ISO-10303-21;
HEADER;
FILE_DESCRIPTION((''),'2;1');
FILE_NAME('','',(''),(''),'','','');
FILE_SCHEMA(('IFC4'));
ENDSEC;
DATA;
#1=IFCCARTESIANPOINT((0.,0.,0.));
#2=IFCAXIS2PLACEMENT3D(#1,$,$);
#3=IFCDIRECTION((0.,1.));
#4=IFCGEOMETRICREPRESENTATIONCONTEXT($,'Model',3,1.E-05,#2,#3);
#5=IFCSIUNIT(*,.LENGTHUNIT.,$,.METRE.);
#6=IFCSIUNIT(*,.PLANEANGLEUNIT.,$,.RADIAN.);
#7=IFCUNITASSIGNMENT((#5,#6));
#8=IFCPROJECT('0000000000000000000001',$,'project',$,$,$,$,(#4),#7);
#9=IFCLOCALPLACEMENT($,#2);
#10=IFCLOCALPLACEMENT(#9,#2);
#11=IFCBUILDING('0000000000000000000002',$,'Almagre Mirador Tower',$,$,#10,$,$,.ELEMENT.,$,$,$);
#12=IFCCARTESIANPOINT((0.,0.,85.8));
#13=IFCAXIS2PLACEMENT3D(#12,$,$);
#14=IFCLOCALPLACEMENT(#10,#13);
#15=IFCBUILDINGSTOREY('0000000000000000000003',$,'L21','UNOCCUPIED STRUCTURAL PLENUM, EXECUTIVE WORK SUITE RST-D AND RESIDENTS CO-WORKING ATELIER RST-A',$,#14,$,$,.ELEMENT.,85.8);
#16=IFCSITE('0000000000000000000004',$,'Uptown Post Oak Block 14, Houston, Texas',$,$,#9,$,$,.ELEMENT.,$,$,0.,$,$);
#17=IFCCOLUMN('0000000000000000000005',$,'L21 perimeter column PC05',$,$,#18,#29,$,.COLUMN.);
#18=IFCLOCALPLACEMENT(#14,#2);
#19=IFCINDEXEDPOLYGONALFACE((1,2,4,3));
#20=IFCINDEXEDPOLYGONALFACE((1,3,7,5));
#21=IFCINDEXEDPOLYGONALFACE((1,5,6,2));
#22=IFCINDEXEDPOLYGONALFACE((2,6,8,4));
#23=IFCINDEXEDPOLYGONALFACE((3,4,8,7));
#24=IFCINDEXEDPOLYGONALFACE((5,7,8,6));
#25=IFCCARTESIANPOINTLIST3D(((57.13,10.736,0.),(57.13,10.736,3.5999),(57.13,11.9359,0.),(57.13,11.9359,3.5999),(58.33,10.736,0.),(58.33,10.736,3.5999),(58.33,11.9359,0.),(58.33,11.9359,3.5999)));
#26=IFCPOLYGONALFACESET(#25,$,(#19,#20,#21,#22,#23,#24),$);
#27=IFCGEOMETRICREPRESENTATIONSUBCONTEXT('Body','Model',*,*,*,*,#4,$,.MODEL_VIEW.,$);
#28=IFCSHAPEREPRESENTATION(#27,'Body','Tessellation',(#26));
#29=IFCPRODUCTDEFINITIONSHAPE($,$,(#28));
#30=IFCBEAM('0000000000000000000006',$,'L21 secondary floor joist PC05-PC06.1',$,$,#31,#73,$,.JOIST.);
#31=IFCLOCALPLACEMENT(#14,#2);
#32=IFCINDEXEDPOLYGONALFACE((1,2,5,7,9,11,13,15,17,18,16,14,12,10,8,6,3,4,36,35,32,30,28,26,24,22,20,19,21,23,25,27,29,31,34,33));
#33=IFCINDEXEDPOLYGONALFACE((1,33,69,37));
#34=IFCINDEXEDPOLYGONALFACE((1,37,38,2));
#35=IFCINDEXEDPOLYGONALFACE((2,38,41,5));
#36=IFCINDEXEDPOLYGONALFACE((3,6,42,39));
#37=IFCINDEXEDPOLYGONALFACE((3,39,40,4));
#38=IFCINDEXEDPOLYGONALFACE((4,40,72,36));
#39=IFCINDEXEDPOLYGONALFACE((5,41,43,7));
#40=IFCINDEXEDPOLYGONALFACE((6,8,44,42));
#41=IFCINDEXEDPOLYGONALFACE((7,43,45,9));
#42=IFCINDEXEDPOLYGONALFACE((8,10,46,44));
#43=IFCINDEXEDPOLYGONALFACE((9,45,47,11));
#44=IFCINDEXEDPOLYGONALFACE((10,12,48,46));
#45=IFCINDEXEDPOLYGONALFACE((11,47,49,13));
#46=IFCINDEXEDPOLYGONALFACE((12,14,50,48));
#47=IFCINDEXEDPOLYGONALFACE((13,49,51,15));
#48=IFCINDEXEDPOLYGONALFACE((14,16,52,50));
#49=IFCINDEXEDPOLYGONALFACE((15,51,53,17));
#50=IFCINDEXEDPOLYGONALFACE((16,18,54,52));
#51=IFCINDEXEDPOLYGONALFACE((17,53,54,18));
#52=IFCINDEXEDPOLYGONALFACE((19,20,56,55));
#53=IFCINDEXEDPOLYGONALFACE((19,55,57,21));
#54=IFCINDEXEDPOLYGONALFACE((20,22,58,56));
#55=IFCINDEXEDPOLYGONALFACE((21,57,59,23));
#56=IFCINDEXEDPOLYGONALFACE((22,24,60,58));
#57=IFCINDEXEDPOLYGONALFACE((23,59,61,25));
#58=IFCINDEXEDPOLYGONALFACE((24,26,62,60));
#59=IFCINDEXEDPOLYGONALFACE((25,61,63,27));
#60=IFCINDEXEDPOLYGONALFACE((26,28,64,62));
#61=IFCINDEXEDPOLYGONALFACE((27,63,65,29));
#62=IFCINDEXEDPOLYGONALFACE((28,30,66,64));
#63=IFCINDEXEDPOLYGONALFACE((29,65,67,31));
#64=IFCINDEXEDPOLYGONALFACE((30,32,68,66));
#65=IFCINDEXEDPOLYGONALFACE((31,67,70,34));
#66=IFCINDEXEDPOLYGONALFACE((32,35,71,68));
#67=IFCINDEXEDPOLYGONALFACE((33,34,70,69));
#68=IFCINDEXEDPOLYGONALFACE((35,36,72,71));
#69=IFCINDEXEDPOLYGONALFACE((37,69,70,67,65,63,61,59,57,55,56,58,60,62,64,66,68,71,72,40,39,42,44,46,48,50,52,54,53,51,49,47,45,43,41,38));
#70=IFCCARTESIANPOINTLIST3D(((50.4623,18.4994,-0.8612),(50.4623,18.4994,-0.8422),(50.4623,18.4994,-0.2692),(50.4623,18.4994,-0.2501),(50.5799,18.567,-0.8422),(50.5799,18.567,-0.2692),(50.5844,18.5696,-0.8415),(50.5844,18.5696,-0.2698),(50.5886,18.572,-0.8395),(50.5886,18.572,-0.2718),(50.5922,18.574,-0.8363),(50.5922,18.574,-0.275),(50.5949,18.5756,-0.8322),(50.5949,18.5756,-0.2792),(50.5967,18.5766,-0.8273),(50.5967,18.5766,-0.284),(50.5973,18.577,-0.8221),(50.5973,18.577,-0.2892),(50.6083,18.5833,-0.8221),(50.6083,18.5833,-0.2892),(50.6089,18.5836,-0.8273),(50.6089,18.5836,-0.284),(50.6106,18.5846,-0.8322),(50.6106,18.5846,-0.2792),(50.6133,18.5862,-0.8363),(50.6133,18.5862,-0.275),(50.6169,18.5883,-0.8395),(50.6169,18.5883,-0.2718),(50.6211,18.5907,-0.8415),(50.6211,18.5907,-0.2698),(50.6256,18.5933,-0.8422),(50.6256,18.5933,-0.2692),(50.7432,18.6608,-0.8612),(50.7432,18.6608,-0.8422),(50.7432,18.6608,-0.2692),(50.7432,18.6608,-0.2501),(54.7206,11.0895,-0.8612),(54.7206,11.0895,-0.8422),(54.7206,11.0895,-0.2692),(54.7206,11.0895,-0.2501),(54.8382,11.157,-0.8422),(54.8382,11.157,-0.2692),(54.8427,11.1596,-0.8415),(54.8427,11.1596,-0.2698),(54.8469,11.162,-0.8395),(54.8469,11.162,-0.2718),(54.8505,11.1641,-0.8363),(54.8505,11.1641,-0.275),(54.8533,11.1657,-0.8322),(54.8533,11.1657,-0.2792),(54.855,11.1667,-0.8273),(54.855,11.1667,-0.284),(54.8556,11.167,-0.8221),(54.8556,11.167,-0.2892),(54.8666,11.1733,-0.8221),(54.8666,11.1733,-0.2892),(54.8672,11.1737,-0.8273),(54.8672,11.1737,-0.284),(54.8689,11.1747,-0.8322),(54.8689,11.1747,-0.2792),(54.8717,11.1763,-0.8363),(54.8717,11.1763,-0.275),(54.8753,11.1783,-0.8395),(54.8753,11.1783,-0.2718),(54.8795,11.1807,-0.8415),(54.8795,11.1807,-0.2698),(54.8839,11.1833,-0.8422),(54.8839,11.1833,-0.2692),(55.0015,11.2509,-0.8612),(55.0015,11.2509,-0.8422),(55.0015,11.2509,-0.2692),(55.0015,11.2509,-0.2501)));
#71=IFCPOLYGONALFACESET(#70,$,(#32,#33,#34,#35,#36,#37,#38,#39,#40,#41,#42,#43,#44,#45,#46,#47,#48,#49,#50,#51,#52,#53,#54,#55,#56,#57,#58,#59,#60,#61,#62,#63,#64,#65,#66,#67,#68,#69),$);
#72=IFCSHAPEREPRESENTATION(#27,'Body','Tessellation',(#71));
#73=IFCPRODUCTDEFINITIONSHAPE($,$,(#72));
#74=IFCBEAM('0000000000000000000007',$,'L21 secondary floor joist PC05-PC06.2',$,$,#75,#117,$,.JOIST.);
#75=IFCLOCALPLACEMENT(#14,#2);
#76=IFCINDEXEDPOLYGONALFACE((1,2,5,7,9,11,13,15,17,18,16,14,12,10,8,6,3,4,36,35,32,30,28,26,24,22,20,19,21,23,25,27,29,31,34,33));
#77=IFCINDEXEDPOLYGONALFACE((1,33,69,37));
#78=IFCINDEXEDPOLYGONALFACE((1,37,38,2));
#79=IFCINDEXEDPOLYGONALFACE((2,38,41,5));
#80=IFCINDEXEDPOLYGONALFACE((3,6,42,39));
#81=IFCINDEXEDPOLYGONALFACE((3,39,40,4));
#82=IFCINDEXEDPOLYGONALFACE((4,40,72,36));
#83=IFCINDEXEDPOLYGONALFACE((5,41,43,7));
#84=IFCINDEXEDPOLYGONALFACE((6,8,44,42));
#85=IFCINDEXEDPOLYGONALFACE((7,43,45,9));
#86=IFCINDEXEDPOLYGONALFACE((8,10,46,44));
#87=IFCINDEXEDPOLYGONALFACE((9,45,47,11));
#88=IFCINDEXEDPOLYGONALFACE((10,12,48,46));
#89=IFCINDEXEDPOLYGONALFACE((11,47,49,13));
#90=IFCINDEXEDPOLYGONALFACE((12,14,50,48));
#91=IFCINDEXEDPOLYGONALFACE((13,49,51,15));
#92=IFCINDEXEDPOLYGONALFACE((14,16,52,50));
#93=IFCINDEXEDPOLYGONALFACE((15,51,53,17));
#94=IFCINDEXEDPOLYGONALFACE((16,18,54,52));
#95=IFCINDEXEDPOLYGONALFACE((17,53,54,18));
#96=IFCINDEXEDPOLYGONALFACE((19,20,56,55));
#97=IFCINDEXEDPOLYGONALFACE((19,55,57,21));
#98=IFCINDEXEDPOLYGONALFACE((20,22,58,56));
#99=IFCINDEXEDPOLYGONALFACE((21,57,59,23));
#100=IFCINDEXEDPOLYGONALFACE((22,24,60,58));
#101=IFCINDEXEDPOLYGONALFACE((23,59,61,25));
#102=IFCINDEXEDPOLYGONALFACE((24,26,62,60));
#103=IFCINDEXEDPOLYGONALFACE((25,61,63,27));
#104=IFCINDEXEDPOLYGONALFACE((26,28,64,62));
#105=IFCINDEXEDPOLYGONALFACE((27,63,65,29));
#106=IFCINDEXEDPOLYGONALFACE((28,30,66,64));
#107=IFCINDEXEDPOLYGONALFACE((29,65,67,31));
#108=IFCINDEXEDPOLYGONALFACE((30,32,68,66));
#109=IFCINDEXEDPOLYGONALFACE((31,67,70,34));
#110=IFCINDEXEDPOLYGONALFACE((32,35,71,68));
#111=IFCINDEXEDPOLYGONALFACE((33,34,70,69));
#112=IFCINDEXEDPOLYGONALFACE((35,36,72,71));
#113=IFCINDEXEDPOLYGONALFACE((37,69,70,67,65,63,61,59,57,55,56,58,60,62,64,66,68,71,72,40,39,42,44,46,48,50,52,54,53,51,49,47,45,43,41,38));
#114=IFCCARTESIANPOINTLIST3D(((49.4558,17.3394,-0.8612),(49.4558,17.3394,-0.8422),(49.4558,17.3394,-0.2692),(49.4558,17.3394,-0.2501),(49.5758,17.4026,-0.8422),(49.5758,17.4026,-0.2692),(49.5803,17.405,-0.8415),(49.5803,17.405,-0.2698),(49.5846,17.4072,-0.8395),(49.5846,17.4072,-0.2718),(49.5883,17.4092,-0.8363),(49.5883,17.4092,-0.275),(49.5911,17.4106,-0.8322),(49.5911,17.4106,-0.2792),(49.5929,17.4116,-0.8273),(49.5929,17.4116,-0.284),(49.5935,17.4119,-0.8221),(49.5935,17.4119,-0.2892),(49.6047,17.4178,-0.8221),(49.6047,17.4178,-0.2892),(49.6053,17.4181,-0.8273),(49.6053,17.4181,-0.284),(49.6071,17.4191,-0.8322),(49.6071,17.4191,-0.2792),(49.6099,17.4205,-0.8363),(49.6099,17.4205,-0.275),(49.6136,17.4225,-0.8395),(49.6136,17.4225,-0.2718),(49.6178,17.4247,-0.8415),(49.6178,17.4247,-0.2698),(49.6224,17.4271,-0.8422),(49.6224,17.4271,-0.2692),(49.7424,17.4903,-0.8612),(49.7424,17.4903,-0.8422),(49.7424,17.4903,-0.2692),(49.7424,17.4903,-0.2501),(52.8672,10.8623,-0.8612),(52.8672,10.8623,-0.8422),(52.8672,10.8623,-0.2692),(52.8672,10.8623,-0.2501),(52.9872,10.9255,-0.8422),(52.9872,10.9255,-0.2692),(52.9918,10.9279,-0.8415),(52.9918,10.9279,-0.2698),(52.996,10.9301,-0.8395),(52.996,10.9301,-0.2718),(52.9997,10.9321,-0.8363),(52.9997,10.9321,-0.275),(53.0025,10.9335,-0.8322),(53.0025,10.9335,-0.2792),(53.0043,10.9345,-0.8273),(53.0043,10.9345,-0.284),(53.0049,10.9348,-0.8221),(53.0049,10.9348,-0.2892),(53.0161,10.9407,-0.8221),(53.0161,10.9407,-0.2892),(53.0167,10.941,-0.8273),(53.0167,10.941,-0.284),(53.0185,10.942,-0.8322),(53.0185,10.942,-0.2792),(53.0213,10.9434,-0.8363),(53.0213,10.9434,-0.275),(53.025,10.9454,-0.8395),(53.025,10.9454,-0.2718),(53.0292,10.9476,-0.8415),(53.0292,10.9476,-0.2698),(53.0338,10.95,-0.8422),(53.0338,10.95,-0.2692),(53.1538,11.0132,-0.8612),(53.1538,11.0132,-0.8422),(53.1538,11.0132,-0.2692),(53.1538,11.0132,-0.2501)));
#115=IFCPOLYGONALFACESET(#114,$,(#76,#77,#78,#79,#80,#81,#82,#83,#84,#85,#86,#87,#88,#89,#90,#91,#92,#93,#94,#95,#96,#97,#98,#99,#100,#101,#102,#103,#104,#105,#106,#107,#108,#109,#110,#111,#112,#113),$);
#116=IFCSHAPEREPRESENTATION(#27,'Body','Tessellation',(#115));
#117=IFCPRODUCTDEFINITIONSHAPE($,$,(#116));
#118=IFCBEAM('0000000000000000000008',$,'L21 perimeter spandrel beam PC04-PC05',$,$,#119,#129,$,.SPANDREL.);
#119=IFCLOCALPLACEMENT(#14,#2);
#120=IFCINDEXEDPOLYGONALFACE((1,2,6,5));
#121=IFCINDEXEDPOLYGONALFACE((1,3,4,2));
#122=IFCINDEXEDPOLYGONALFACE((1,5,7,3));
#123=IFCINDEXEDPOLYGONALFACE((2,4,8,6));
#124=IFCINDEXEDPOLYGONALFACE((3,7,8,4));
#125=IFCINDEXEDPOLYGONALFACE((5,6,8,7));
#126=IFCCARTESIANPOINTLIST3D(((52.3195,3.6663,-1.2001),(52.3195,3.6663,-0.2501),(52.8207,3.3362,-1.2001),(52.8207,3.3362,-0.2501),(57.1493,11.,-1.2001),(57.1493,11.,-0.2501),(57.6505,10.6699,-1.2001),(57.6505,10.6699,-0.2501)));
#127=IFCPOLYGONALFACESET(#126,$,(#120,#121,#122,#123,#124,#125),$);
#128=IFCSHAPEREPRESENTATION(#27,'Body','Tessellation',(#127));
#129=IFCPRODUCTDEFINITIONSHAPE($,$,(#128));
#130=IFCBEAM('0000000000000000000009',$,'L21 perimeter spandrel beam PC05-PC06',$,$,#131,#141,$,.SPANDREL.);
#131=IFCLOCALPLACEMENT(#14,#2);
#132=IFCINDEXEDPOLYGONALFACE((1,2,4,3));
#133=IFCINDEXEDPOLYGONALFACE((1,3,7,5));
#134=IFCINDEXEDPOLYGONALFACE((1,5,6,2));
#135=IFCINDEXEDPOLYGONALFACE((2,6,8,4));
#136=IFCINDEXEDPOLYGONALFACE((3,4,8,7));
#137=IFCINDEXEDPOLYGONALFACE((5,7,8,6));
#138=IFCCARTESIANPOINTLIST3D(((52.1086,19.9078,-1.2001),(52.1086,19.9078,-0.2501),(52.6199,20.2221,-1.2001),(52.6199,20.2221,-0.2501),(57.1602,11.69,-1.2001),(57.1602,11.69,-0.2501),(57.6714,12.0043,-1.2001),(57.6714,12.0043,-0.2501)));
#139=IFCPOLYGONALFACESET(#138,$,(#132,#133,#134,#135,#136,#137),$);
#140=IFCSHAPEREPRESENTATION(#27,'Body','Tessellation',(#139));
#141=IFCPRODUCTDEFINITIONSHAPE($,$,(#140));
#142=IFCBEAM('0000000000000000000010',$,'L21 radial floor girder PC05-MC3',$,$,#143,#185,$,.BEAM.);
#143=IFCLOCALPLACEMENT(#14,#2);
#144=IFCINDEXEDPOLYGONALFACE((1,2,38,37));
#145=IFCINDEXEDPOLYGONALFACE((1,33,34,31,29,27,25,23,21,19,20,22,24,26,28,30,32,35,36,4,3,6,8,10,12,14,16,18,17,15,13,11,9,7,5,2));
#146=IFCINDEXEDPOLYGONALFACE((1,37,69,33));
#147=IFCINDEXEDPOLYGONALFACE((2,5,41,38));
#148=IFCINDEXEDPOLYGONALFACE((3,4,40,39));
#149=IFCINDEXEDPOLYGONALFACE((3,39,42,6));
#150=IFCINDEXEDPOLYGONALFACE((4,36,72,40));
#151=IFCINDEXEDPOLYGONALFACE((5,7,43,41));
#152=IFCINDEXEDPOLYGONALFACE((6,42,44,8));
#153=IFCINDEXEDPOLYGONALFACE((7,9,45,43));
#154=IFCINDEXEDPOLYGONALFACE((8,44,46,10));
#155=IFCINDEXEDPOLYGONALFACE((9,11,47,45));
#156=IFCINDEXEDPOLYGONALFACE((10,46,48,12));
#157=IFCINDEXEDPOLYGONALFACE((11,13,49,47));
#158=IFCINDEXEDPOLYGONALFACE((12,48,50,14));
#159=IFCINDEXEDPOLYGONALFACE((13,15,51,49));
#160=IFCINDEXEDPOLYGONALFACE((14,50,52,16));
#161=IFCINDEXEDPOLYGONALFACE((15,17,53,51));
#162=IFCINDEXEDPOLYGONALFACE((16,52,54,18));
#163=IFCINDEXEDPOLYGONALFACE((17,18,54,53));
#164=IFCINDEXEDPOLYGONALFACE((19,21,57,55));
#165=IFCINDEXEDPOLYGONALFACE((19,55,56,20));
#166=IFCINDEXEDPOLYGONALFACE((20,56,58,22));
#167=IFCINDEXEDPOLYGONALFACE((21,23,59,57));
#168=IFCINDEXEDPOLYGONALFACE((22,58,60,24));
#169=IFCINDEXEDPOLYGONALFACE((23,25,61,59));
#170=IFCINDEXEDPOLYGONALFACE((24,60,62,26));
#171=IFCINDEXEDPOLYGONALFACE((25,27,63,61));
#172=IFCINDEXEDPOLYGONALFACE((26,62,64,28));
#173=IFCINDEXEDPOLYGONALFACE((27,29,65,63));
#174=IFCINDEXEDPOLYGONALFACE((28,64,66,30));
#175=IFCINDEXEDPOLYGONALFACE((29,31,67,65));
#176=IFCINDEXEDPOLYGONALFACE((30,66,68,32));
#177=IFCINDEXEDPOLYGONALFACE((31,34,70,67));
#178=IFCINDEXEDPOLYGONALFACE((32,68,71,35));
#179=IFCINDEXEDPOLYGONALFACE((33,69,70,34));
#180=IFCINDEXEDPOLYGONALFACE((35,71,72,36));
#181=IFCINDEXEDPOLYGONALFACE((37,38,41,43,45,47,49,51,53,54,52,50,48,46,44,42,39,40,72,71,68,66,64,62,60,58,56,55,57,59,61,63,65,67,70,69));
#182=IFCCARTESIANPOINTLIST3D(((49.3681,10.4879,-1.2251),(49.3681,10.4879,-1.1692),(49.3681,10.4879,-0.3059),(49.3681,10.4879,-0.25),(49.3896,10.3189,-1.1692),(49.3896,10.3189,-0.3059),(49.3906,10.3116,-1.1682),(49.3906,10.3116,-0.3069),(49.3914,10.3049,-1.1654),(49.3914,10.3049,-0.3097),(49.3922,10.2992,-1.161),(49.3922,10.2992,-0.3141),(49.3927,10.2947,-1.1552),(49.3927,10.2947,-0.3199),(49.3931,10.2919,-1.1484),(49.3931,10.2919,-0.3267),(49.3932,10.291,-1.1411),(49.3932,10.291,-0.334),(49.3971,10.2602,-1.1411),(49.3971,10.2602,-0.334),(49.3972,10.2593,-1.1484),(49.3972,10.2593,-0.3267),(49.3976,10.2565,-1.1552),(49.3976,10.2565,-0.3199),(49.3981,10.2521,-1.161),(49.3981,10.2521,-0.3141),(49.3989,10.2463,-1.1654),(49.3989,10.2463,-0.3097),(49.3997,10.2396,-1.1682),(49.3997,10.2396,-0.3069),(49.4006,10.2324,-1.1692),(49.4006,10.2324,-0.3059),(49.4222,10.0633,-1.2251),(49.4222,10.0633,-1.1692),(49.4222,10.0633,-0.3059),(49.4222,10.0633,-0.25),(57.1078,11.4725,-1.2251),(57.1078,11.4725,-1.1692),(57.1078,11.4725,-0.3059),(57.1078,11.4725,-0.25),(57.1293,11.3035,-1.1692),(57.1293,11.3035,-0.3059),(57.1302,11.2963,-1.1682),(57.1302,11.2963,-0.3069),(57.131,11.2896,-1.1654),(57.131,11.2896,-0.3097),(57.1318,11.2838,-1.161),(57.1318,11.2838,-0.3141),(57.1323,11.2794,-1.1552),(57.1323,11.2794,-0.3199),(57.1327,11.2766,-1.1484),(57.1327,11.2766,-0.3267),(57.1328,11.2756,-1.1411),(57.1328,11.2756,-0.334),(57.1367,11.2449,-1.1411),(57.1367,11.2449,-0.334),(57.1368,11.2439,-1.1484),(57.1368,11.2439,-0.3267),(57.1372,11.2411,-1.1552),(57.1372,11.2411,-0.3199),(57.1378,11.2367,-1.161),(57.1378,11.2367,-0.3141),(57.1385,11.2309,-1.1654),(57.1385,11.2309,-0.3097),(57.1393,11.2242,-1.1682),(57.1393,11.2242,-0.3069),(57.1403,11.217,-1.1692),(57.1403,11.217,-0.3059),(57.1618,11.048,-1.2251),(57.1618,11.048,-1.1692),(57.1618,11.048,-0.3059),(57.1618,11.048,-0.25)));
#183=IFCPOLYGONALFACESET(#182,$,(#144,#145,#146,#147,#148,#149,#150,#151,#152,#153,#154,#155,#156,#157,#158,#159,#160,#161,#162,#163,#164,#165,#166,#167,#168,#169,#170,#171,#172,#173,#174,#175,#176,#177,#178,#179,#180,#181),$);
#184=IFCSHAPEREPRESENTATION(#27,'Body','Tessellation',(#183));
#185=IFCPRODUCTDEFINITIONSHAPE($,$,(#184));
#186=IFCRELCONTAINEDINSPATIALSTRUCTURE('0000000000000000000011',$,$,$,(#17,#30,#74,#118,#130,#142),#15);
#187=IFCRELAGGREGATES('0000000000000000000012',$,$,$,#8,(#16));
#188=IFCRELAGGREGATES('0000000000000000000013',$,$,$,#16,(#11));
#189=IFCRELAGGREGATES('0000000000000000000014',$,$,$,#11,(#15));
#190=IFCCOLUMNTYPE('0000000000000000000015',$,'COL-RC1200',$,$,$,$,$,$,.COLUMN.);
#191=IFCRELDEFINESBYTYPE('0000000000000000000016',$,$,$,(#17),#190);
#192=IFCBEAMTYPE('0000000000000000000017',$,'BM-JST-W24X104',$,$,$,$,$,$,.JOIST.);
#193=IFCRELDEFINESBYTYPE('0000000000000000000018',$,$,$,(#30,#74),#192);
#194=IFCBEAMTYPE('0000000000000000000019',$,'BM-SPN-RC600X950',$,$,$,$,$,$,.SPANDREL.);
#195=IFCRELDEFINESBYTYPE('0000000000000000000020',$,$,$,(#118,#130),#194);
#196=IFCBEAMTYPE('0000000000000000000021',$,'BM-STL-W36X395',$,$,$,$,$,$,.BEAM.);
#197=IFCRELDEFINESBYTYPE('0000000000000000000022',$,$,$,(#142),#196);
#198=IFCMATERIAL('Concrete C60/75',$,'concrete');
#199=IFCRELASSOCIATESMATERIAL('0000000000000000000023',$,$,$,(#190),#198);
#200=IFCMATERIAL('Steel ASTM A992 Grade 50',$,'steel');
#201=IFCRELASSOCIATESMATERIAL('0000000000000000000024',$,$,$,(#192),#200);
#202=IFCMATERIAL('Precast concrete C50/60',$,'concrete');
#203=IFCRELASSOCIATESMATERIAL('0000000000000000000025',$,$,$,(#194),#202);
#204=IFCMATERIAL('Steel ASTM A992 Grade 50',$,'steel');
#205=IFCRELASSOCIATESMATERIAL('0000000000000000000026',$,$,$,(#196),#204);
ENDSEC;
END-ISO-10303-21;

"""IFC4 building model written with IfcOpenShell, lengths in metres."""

from ifc_helpers import new_model, si_unit, direction, frame, origin, origin_2d, place, context, subcontext, project, spatial, rectangle, i_section, extrude, material, material_profile, profile_set, type_object, element, save


model = new_model("IFC4")

# Units and contexts
model_context = context("Model", 3, precision=1e-05, world=origin(), true_north=direction((0.0, 1.0)))
body_context = subcontext(model_context, "Body", "Model", "MODEL_VIEW")
ifc_project = project(units=[si_unit("LENGTHUNIT", "METRE"), si_unit("PLANEANGLEUNIT", "RADIAN")], contexts=[model_context])

# Site, building, storey
site_placement = place(None, origin())
site = spatial("IfcSite", under=ifc_project, at=site_placement, Name="Uptown Post Oak Block 14, Houston, Texas", CompositionType="ELEMENT", RefElevation=0.0)
building_placement = place(site_placement, origin())
building = spatial("IfcBuilding", under=site, at=building_placement, Name="Almagre Mirador Tower", CompositionType="ELEMENT")
storey_placement = place(building_placement, frame((0.0, 0.0, 85.8)))
storey = spatial("IfcBuildingStorey", under=building, at=storey_placement, Name="L21", Description="UNOCCUPIED STRUCTURAL PLENUM, EXECUTIVE WORK SUITE RST-D AND RESIDENTS CO-WORKING ATELIER RST-A", CompositionType="ELEMENT", Elevation=85.8)

# Column
ifc_material_1 = material(Name="Concrete C60/75", Category="concrete")
ifc_material_profile_1 = material_profile(ifc_material_1, rectangle(XDim=1.2, YDim=1.2, at=origin_2d()), Name="RC1200X1200")
ifc_profile_set_1 = profile_set([ifc_material_profile_1], Name="Concrete C60/75")
column_type = type_object("IfcColumnType", Name="COL-RC1200", PredefinedType="COLUMN", material=ifc_profile_set_1)
column_placement = place(storey_placement, frame((57.73, 11.3359, 0.0), z_axis=(0.0, 0.0, 1.0), x_axis=(1.0, 0.0, 0.0)))
element("IfcColumn", 1, at=column_placement, inside=storey, type_object=column_type, Name="L21 perimeter column PC05", PredefinedType="COLUMN", context=body_context, shape_type="SweptSolid", body=[
    extrude(rectangle(XDim=1.2, YDim=1.2, at=origin_2d()), origin(), (0.0, 0.0, 1.0), 3.5999),
])

# Beams
ifc_material_2 = material(Name="Steel ASTM A992 Grade 50", Category="steel")
ifc_material_profile_2 = material_profile(ifc_material_2, i_section(OverallWidth=0.324, OverallDepth=0.6111, WebThickness=0.0127, FlangeThickness=0.019, FilletRadius=0.02, at=origin_2d()), Name="W24X104")
ifc_profile_set_2 = profile_set([ifc_material_profile_2], Name="Steel ASTM A992 Grade 50")
beam_type_1 = type_object("IfcBeamType", Name="BM-JST-W24X104", PredefinedType="JOIST", material=ifc_profile_set_2)
beam_1_placement = place(storey_placement, frame((54.8611, 11.1702, -0.5557), z_axis=(-0.49826, 0.867028, 0.0), x_axis=(-0.867028, -0.49826, 0.0)))
element("IfcBeam", 2, at=beam_1_placement, inside=storey, type_object=beam_type_1, Name="L21 secondary floor joist PC05-PC06.1", PredefinedType="JOIST", context=body_context, shape_type="SweptSolid", body=[
    extrude(i_section(OverallWidth=0.324, OverallDepth=0.6111, WebThickness=0.0127, FlangeThickness=0.019, FilletRadius=0.02, at=origin_2d()), origin(), (0.0, 0.0, 1.0), 8.5464),
])
beam_2_placement = place(storey_placement, frame((53.0105, 10.9377, -0.5557), z_axis=(-0.466003, 0.884783, 0.0), x_axis=(-0.884783, -0.466003, 0.0)))
element("IfcBeam", 3, at=beam_2_placement, inside=storey, type_object=beam_type_1, Name="L21 secondary floor joist PC05-PC06.2", PredefinedType="JOIST", context=body_context, shape_type="SweptSolid", body=[
    extrude(i_section(OverallWidth=0.324, OverallDepth=0.6111, WebThickness=0.0127, FlangeThickness=0.019, FilletRadius=0.02, at=origin_2d()), origin(), (0.0, 0.0, 1.0), 7.3206),
])
ifc_material_3 = material(Name="Precast concrete C50/60", Category="concrete")
ifc_material_profile_3 = material_profile(ifc_material_3, rectangle(XDim=0.6001, YDim=0.95, at=origin_2d()), Name="RC600X950")
ifc_profile_set_3 = profile_set([ifc_material_profile_3], Name="Precast concrete C50/60")
beam_type_2 = type_object("IfcBeamType", Name="BM-SPN-RC600X950", PredefinedType="SPANDREL", material=ifc_profile_set_3)
beam_3_placement = place(storey_placement, frame((52.5701, 3.5012, -0.7251), z_axis=(0.550014, 0.835155, 0.0), x_axis=(-0.835155, 0.550014, 0.0)))
element("IfcBeam", 4, at=beam_3_placement, inside=storey, type_object=beam_type_2, Name="L21 perimeter spandrel beam PC04-PC05", PredefinedType="SPANDREL", context=body_context, shape_type="SweptSolid", body=[
    extrude(rectangle(XDim=0.6001, YDim=0.95, at=origin_2d()), origin(), (0.0, 0.0, 1.0), 8.7812),
])
beam_4_placement = place(storey_placement, frame((57.4158, 11.8472, -0.7251), z_axis=(-0.523678, 0.851916, 0.0), x_axis=(-0.851916, -0.523678, 0.0)))
element("IfcBeam", 5, at=beam_4_placement, inside=storey, type_object=beam_type_2, Name="L21 perimeter spandrel beam PC05-PC06", PredefinedType="SPANDREL", context=body_context, shape_type="SweptSolid", body=[
    extrude(rectangle(XDim=0.6001, YDim=0.95, at=origin_2d()), origin(), (0.0, 0.0, 1.0), 9.6462),
])
ifc_material_4 = material(Name="Steel ASTM A992 Grade 50", Category="steel")
ifc_material_profile_4 = material_profile(ifc_material_4, i_section(OverallWidth=0.428, OverallDepth=0.9751, WebThickness=0.031, FlangeThickness=0.0559, FilletRadius=0.0281, at=origin_2d()), Name="W36X395")
ifc_profile_set_4 = profile_set([ifc_material_profile_4], Name="Steel ASTM A992 Grade 50")
beam_type_3 = type_object("IfcBeamType", Name="BM-STL-W36X395", PredefinedType="BEAM", material=ifc_profile_set_4)
beam_5_placement = place(storey_placement, frame((57.1348, 11.2603, -0.7375), z_axis=(-0.992004, -0.126203, 0.0), x_axis=(0.126203, -0.992004, 0.0)))
element("IfcBeam", 6, at=beam_5_placement, inside=storey, type_object=beam_type_3, Name="L21 radial floor girder PC05-MC3", PredefinedType="BEAM", context=body_context, shape_type="SweptSolid", body=[
    extrude(i_section(OverallWidth=0.428, OverallDepth=0.9751, WebThickness=0.031, FlangeThickness=0.0559, FilletRadius=0.0281, at=origin_2d()), origin(), (0.0, 0.0, 1.0), 7.802),
])

save(model, "model.ifc")
